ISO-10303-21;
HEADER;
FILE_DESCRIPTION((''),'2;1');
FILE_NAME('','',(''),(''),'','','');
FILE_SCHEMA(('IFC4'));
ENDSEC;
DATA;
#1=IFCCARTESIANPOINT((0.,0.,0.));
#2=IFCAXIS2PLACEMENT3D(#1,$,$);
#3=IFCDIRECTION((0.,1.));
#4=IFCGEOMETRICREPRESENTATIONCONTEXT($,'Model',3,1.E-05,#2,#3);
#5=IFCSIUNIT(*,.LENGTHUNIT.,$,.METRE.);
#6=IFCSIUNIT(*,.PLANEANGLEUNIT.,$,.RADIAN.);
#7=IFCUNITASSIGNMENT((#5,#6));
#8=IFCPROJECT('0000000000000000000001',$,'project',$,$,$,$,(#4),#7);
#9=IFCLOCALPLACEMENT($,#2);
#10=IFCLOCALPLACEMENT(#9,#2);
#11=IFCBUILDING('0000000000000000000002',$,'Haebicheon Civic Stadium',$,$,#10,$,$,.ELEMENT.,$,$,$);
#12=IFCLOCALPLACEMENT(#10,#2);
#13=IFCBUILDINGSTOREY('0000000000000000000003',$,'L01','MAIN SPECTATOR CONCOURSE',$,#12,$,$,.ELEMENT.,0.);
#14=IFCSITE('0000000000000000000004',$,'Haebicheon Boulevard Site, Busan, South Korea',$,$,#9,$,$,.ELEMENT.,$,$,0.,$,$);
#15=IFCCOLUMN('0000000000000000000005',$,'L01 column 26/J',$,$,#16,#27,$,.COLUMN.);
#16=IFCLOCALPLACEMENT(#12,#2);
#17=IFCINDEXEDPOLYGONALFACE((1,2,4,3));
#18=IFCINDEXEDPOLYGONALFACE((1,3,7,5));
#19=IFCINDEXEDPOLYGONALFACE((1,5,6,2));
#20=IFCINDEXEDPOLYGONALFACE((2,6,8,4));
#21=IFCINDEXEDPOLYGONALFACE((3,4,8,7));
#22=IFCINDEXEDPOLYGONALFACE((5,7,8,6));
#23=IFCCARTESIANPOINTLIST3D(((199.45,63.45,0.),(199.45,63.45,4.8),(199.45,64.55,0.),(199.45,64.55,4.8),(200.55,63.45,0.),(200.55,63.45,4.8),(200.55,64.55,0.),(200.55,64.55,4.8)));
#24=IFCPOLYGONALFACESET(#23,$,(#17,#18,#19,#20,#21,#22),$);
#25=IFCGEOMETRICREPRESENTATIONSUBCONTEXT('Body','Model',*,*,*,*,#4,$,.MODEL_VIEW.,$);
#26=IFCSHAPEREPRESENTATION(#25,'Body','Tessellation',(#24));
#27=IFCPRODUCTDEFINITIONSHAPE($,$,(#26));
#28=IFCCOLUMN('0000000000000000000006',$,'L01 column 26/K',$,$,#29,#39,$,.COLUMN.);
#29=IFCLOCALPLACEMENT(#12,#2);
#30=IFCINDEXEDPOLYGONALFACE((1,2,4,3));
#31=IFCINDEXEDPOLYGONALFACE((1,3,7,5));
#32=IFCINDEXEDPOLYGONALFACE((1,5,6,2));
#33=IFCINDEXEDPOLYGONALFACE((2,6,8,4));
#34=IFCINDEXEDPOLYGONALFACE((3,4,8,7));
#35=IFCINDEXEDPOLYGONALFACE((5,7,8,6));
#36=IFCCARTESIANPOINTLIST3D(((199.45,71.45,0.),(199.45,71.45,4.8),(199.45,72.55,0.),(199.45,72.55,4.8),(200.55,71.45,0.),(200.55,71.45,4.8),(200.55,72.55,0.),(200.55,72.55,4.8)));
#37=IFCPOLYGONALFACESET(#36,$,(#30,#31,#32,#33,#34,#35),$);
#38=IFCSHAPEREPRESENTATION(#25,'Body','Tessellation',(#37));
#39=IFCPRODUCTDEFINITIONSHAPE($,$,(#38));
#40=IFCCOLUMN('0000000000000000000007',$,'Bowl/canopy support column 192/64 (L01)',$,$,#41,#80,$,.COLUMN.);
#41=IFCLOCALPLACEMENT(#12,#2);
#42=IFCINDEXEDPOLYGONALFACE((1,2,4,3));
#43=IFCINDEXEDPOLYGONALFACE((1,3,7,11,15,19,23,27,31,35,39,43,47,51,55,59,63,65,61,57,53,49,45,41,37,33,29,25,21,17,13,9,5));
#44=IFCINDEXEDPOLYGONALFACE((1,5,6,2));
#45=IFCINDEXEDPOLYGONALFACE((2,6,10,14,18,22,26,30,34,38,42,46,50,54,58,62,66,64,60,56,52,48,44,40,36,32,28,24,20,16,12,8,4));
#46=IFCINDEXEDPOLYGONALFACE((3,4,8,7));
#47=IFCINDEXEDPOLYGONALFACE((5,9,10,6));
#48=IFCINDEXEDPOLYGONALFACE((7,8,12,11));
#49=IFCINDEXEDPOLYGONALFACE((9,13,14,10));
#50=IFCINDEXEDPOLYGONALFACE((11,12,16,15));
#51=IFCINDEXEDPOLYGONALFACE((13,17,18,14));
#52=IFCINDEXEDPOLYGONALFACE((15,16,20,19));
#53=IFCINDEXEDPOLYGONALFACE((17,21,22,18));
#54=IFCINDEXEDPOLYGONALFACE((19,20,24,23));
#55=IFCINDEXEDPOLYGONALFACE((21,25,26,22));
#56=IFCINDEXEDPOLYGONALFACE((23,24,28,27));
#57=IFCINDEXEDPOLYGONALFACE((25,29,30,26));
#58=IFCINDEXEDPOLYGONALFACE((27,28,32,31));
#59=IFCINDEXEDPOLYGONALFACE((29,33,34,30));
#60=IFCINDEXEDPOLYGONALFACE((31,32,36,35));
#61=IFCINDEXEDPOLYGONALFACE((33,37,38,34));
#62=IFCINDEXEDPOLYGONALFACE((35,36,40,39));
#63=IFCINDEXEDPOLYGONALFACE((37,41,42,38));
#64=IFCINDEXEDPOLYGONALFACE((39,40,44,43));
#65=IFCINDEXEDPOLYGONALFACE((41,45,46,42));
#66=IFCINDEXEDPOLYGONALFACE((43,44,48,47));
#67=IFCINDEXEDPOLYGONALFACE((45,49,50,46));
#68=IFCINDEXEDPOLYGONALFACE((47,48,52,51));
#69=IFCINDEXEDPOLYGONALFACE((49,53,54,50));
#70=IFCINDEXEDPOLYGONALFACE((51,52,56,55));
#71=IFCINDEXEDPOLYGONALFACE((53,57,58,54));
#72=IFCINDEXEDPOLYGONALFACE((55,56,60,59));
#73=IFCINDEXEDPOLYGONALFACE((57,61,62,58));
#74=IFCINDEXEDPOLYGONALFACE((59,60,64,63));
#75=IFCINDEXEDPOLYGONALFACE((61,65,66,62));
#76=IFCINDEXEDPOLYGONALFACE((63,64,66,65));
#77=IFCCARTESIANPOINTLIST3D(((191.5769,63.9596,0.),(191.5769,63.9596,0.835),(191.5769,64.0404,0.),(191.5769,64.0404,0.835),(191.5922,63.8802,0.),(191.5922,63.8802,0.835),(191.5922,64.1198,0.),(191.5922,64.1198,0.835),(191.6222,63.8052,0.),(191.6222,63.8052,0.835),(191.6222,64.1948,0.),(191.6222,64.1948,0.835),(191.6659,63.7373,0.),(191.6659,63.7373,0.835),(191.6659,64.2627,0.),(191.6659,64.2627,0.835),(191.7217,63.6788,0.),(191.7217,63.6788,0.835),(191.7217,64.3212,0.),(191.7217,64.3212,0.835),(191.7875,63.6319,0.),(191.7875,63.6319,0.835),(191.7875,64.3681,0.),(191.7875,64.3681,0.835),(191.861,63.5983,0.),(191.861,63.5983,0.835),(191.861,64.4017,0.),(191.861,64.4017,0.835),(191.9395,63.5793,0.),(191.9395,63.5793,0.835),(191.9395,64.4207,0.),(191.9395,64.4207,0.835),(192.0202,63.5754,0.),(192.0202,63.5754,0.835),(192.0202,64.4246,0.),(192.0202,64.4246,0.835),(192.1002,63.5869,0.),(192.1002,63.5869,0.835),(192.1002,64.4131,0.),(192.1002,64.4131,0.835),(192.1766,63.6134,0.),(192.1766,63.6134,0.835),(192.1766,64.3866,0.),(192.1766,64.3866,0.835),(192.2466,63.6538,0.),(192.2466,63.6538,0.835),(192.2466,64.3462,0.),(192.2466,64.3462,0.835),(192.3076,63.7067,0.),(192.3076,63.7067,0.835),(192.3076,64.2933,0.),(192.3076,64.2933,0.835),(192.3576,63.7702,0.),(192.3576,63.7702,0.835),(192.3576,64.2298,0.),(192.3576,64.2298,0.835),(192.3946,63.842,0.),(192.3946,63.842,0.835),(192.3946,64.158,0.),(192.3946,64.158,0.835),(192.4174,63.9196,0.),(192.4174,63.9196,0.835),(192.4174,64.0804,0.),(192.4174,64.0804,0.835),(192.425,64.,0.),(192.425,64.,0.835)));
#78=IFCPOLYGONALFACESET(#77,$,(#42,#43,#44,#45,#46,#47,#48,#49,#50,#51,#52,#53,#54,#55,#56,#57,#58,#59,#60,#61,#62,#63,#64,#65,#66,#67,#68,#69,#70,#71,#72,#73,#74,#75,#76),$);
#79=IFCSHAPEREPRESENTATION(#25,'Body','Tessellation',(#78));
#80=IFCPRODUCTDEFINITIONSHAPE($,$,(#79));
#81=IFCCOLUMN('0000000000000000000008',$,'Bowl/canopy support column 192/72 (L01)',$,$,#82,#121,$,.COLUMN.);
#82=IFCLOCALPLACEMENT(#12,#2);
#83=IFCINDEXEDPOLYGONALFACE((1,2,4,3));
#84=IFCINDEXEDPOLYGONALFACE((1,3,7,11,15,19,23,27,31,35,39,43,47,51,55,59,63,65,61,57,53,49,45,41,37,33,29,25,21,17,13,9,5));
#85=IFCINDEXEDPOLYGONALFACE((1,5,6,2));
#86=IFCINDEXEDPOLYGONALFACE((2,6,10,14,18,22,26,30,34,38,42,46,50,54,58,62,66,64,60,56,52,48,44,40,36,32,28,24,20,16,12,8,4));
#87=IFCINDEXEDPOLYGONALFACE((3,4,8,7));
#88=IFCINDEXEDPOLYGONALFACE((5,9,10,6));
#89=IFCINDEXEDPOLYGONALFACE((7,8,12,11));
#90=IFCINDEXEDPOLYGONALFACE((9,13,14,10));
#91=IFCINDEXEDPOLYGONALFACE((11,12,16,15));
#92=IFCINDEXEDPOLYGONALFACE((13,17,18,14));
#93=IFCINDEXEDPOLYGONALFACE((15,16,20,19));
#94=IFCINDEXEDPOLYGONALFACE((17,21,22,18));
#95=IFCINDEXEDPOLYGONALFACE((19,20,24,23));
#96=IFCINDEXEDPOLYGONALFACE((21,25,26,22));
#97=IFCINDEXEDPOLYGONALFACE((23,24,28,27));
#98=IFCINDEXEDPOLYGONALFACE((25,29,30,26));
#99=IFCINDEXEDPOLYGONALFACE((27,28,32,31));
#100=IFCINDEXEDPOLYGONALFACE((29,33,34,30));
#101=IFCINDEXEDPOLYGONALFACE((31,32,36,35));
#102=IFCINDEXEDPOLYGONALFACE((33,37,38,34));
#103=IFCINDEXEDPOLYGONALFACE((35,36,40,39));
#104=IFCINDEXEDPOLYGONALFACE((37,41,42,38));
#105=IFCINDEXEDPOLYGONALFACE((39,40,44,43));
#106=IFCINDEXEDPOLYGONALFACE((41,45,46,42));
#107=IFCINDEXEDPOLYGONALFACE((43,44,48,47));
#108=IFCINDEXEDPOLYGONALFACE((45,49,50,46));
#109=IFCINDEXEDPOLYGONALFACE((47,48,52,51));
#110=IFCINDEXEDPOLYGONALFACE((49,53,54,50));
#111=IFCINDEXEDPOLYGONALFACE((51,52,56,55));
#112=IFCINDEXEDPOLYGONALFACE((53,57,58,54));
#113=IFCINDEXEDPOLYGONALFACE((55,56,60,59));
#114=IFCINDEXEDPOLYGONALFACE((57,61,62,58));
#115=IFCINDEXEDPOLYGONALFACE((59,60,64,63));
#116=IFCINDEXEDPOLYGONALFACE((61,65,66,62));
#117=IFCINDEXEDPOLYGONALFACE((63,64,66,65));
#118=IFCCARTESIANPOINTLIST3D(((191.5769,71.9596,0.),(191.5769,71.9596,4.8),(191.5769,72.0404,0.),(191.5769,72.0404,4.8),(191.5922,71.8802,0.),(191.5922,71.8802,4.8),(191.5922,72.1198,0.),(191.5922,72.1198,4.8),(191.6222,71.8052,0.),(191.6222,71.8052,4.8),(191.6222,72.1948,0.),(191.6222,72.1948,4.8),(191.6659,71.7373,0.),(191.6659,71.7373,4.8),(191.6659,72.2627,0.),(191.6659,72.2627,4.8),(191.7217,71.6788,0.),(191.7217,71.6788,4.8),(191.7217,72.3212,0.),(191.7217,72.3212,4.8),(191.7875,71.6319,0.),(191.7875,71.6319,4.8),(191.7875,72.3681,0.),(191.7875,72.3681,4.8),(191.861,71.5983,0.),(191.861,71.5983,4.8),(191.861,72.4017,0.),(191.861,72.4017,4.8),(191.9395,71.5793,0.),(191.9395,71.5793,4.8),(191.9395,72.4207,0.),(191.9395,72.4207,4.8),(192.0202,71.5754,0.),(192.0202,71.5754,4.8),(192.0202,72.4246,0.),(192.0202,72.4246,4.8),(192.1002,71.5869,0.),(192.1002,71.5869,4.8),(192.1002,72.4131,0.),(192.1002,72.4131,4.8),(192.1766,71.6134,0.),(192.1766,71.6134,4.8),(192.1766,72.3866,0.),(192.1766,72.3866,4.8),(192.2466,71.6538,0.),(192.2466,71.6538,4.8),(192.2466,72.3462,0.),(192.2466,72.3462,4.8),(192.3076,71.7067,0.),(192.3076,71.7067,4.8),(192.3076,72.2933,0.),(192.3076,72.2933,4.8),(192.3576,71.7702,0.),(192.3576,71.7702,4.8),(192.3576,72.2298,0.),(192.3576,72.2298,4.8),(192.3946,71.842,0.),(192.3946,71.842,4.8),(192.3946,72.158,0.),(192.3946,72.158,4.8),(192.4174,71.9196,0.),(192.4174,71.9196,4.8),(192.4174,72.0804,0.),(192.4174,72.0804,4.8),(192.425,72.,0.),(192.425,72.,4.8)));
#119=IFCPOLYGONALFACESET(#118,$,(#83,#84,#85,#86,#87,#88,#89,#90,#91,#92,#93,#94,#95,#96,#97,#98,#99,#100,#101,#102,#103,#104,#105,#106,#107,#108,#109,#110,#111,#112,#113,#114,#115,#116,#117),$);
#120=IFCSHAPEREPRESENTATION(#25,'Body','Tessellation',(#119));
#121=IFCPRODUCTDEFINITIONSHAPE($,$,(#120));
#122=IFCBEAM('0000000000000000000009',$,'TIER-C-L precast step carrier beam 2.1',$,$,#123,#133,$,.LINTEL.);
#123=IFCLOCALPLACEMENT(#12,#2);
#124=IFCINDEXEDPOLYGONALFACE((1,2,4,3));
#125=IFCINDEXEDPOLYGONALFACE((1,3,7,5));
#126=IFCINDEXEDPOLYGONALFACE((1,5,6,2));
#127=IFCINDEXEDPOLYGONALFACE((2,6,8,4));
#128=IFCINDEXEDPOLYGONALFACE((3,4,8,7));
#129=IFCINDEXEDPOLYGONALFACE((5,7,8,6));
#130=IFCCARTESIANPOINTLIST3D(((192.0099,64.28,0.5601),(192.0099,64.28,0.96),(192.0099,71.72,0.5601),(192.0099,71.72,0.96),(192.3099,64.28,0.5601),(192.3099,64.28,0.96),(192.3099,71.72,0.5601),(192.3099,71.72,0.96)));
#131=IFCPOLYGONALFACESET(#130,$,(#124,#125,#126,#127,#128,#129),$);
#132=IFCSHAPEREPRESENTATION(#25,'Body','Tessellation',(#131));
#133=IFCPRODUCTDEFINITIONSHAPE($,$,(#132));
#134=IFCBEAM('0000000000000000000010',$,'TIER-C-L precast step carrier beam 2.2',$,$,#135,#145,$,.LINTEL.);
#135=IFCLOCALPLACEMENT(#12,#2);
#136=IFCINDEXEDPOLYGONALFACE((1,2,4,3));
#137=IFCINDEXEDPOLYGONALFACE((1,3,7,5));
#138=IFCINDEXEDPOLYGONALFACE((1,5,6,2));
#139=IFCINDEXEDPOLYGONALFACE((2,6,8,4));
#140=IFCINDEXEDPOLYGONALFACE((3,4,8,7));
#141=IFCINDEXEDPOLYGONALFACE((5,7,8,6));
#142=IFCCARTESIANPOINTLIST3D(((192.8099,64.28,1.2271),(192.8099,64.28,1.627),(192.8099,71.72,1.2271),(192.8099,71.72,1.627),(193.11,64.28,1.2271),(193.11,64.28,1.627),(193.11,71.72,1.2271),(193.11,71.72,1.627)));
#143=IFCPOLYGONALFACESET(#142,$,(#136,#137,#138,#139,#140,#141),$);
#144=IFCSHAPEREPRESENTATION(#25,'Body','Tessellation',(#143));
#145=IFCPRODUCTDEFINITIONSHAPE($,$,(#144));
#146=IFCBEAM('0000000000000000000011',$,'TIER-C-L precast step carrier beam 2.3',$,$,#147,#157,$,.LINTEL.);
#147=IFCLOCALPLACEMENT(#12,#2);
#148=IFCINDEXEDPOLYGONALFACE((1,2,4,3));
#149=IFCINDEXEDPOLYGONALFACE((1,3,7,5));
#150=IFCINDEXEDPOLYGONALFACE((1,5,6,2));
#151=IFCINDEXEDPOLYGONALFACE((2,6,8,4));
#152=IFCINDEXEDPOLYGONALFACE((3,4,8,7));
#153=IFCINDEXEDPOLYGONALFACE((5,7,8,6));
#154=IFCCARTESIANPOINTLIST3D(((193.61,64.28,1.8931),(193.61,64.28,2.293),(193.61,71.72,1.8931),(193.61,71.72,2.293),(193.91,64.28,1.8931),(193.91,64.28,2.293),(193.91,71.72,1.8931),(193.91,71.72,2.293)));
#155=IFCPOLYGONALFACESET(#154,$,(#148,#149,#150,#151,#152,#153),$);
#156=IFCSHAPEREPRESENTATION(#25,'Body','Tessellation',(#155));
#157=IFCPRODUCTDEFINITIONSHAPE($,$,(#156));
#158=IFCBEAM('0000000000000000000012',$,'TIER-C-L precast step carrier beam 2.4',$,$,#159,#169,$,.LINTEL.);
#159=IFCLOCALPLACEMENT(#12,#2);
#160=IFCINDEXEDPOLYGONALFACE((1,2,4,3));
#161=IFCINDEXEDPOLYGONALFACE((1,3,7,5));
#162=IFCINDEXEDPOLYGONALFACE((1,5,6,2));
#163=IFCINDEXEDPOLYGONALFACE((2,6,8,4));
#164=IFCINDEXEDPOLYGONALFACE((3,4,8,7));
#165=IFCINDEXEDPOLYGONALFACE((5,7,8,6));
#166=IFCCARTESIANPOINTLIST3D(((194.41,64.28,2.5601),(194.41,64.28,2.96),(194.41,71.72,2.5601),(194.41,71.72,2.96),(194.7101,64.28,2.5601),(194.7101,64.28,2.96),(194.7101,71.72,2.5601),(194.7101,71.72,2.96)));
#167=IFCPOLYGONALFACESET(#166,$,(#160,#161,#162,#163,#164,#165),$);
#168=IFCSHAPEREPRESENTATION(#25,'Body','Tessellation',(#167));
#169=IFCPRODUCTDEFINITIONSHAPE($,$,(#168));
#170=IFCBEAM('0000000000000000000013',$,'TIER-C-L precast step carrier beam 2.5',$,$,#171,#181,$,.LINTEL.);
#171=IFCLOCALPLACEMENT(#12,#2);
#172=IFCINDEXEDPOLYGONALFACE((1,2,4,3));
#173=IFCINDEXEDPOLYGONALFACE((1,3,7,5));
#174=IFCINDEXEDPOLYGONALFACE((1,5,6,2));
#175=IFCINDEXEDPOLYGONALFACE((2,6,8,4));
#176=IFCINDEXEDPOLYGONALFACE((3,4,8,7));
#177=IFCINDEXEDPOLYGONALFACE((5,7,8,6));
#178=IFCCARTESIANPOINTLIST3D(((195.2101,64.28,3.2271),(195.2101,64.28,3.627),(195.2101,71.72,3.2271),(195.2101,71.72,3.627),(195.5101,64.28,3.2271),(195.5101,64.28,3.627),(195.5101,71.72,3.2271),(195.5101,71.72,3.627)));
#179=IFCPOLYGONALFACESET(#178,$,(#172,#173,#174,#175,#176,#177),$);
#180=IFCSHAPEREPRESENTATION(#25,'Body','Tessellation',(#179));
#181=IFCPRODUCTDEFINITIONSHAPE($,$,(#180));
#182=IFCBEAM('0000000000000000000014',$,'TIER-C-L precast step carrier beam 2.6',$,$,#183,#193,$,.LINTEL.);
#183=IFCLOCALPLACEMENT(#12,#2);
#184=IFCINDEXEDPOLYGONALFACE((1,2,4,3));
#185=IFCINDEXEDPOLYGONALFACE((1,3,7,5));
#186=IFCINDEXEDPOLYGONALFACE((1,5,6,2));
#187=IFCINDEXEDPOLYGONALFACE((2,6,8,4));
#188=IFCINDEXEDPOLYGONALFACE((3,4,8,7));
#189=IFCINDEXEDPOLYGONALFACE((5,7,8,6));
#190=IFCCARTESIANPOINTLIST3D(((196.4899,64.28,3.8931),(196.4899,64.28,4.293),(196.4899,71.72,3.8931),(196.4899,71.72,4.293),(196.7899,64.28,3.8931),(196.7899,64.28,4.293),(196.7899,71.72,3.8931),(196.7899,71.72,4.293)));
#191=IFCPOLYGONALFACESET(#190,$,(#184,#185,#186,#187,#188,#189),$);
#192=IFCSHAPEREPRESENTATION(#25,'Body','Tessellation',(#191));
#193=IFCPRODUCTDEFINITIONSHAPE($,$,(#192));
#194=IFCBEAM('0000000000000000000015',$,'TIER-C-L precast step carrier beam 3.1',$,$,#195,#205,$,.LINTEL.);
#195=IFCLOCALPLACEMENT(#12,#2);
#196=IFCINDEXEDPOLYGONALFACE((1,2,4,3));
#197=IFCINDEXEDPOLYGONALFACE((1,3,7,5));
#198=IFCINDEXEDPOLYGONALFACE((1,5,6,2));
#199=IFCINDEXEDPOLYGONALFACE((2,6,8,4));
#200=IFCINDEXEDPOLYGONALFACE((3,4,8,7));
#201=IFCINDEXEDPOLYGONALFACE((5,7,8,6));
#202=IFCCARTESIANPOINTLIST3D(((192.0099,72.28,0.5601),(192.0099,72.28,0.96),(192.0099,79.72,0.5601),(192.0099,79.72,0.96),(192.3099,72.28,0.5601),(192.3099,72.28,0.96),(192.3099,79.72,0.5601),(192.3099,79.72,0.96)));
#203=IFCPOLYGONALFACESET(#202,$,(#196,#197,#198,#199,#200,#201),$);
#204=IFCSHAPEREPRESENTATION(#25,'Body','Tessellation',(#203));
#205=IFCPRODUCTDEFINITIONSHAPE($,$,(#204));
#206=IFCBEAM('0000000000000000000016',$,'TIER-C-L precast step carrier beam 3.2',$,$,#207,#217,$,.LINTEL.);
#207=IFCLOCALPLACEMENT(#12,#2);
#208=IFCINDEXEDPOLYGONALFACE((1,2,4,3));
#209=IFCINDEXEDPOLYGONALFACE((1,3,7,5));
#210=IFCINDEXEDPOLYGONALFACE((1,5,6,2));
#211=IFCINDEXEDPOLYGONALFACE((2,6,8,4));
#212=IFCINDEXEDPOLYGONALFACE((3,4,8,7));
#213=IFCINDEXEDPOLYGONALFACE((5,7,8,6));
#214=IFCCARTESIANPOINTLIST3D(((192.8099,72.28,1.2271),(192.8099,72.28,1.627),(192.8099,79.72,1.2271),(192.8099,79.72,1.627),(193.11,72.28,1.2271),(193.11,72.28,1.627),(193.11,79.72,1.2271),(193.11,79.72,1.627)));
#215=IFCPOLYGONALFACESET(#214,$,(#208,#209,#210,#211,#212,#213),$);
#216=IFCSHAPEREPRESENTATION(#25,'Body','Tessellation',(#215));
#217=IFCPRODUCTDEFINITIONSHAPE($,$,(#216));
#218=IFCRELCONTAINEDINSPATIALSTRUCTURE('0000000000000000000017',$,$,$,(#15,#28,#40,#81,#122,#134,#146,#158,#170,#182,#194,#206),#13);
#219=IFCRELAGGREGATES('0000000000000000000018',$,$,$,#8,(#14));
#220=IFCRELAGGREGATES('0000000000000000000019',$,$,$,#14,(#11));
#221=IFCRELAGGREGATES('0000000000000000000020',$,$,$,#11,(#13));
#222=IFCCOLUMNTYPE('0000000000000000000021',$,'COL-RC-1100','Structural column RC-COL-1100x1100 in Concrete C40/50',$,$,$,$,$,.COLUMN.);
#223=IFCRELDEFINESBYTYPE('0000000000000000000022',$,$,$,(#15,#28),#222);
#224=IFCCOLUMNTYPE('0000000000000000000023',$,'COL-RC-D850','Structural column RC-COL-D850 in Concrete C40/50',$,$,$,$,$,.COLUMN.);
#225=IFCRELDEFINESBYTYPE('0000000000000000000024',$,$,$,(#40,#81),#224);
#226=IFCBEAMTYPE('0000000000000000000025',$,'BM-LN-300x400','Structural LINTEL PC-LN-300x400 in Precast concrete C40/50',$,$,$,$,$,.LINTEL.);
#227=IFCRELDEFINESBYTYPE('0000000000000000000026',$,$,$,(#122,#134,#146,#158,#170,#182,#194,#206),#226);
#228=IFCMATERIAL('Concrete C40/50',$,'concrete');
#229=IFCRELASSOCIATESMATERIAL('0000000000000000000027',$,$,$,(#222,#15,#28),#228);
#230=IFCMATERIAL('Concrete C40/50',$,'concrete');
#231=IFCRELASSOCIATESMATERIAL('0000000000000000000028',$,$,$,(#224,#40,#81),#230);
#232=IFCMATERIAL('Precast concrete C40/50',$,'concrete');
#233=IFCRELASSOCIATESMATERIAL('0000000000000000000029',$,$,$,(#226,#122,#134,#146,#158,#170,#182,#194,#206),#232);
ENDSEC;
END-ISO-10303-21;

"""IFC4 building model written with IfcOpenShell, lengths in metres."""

from ifc_helpers import new_model, si_unit, direction, frame, origin, origin_2d, place, context, subcontext, project, spatial, rectangle, circle, extrude, material, material_profile, profile_set, type_object, element, save


model = new_model("IFC4")

# Units and contexts
model_context = context("Model", 3, precision=1e-05, world=origin(), true_north=direction((0.0, 1.0)))
body_context = subcontext(model_context, "Body", "Model", "MODEL_VIEW")
ifc_project = project(units=[si_unit("LENGTHUNIT", "METRE"), si_unit("PLANEANGLEUNIT", "RADIAN")], contexts=[model_context])

# Site, building, storey
site_placement = place(None, origin())
site = spatial("IfcSite", under=ifc_project, at=site_placement, Name="Haebicheon Boulevard Site, Busan, South Korea", CompositionType="ELEMENT", RefElevation=0.0)
building_placement = place(site_placement, origin())
building = spatial("IfcBuilding", under=site, at=building_placement, Name="Haebicheon Civic Stadium", CompositionType="ELEMENT")
storey_placement = place(building_placement, origin())
storey = spatial("IfcBuildingStorey", under=building, at=storey_placement, Name="L01", Description="MAIN SPECTATOR CONCOURSE", CompositionType="ELEMENT", Elevation=0.0)

# Columns
ifc_material_1 = material(Name="Concrete C40/50", Category="concrete")
ifc_material_profile_1 = material_profile(ifc_material_1, rectangle(XDim=1.1001, YDim=1.1001, at=origin_2d()), Name="RC-COL-1100x1100")
ifc_profile_set_1 = profile_set([ifc_material_profile_1], Name="Concrete C40/50")
column_type_1 = type_object("IfcColumnType", Name="COL-RC-1100", Description="Structural column RC-COL-1100x1100 in Concrete C40/50", PredefinedType="COLUMN", material=ifc_profile_set_1)
for number, where, z_axis, x_axis, name in (
    (1, (200.0, 64.0, 0.0), (0.0, 0.0, 1.0), (1.0, 0.0, 0.0), "L01 column 26/J"),
    (2, (200.0, 72.0, 0.0), (0.0, 0.0, 1.0), (1.0, 0.0, 0.0), "L01 column 26/K"),
):
    element("IfcColumn", number, at=place(storey_placement, frame(where, z_axis=z_axis, x_axis=x_axis)), inside=storey, type_object=column_type_1, material=ifc_profile_set_1, Name=name, PredefinedType="COLUMN", context=body_context, shape_type="SweptSolid", body=[
        extrude(rectangle(XDim=1.1001, YDim=1.1001, at=origin_2d()), origin(), (0.0, 0.0, 1.0), 4.8),
    ])
ifc_material_2 = material(Name="Concrete C40/50", Category="concrete")
ifc_material_profile_2 = material_profile(ifc_material_2, circle(Radius=0.425, at=origin_2d()), Name="RC-COL-D850")
ifc_profile_set_2 = profile_set([ifc_material_profile_2], Name="Concrete C40/50")
column_type_2 = type_object("IfcColumnType", Name="COL-RC-D850", Description="Structural column RC-COL-D850 in Concrete C40/50", PredefinedType="COLUMN", material=ifc_profile_set_2)
column_1_placement = place(storey_placement, frame((192.0, 64.0, 0.0), z_axis=(0.0, 0.0, 1.0), x_axis=(1.0, 0.0, 0.0)))
element("IfcColumn", 3, at=column_1_placement, inside=storey, type_object=column_type_2, material=ifc_profile_set_2, Name="Bowl/canopy support column 192/64 (L01)", PredefinedType="COLUMN", context=body_context, shape_type="SweptSolid", body=[
    extrude(circle(Radius=0.425, at=origin_2d()), origin(), (0.0, 0.0, 1.0), 0.835),
])
column_2_placement = place(storey_placement, frame((192.0, 72.0, 0.0), z_axis=(0.0, 0.0, 1.0), x_axis=(1.0, 0.0, 0.0)))
element("IfcColumn", 4, at=column_2_placement, inside=storey, type_object=column_type_2, material=ifc_profile_set_2, Name="Bowl/canopy support column 192/72 (L01)", PredefinedType="COLUMN", context=body_context, shape_type="SweptSolid", body=[
    extrude(circle(Radius=0.425, at=origin_2d()), origin(), (0.0, 0.0, 1.0), 4.8),
])

# Beams
ifc_material_3 = material(Name="Precast concrete C40/50", Category="concrete")
ifc_material_profile_3 = material_profile(ifc_material_3, rectangle(XDim=0.3, YDim=0.3999, at=origin_2d()), Name="PC-LN-300x400")
ifc_profile_set_3 = profile_set([ifc_material_profile_3], Name="Precast concrete C40/50")
beam_type_1 = type_object("IfcBeamType", Name="BM-LN-300x400", Description="Structural LINTEL PC-LN-300x400 in Precast concrete C40/50", PredefinedType="LINTEL", material=ifc_profile_set_3)
for number, where, z_axis, x_axis, name in (
    (5, (192.1599, 64.28, 0.76), (0.0, 1.0, 0.0), (-1.0, 0.0, 0.0), "TIER-C-L precast step carrier beam 2.1"),
    (6, (192.96, 64.28, 1.427), (0.0, 1.0, 0.0), (-1.0, 0.0, 0.0), "TIER-C-L precast step carrier beam 2.2"),
    (7, (193.76, 64.28, 2.093), (0.0, 1.0, 0.0), (-1.0, 0.0, 0.0), "TIER-C-L precast step carrier beam 2.3"),
    (8, (194.5601, 64.28, 2.76), (0.0, 1.0, 0.0), (-1.0, 0.0, 0.0), "TIER-C-L precast step carrier beam 2.4"),
    (9, (195.3601, 64.28, 3.427), (0.0, 1.0, 0.0), (-1.0, 0.0, 0.0), "TIER-C-L precast step carrier beam 2.5"),
    (10, (196.6399, 64.28, 4.093), (0.0, 1.0, 0.0), (-1.0, 0.0, 0.0), "TIER-C-L precast step carrier beam 2.6"),
    (11, (192.1599, 72.28, 0.76), (0.0, 1.0, 0.0), (-1.0, 0.0, 0.0), "TIER-C-L precast step carrier beam 3.1"),
    (12, (192.96, 72.28, 1.427), (0.0, 1.0, 0.0), (-1.0, 0.0, 0.0), "TIER-C-L precast step carrier beam 3.2"),
):
    element("IfcBeam", number, at=place(storey_placement, frame(where, z_axis=z_axis, x_axis=x_axis)), inside=storey, type_object=beam_type_1, material=ifc_profile_set_3, Name=name, PredefinedType="LINTEL", context=body_context, shape_type="SweptSolid", body=[
        extrude(rectangle(XDim=0.3, YDim=0.3999, at=origin_2d()), origin(), (0.0, 0.0, 1.0), 7.4399),
    ])

save(model, "model.ifc")
